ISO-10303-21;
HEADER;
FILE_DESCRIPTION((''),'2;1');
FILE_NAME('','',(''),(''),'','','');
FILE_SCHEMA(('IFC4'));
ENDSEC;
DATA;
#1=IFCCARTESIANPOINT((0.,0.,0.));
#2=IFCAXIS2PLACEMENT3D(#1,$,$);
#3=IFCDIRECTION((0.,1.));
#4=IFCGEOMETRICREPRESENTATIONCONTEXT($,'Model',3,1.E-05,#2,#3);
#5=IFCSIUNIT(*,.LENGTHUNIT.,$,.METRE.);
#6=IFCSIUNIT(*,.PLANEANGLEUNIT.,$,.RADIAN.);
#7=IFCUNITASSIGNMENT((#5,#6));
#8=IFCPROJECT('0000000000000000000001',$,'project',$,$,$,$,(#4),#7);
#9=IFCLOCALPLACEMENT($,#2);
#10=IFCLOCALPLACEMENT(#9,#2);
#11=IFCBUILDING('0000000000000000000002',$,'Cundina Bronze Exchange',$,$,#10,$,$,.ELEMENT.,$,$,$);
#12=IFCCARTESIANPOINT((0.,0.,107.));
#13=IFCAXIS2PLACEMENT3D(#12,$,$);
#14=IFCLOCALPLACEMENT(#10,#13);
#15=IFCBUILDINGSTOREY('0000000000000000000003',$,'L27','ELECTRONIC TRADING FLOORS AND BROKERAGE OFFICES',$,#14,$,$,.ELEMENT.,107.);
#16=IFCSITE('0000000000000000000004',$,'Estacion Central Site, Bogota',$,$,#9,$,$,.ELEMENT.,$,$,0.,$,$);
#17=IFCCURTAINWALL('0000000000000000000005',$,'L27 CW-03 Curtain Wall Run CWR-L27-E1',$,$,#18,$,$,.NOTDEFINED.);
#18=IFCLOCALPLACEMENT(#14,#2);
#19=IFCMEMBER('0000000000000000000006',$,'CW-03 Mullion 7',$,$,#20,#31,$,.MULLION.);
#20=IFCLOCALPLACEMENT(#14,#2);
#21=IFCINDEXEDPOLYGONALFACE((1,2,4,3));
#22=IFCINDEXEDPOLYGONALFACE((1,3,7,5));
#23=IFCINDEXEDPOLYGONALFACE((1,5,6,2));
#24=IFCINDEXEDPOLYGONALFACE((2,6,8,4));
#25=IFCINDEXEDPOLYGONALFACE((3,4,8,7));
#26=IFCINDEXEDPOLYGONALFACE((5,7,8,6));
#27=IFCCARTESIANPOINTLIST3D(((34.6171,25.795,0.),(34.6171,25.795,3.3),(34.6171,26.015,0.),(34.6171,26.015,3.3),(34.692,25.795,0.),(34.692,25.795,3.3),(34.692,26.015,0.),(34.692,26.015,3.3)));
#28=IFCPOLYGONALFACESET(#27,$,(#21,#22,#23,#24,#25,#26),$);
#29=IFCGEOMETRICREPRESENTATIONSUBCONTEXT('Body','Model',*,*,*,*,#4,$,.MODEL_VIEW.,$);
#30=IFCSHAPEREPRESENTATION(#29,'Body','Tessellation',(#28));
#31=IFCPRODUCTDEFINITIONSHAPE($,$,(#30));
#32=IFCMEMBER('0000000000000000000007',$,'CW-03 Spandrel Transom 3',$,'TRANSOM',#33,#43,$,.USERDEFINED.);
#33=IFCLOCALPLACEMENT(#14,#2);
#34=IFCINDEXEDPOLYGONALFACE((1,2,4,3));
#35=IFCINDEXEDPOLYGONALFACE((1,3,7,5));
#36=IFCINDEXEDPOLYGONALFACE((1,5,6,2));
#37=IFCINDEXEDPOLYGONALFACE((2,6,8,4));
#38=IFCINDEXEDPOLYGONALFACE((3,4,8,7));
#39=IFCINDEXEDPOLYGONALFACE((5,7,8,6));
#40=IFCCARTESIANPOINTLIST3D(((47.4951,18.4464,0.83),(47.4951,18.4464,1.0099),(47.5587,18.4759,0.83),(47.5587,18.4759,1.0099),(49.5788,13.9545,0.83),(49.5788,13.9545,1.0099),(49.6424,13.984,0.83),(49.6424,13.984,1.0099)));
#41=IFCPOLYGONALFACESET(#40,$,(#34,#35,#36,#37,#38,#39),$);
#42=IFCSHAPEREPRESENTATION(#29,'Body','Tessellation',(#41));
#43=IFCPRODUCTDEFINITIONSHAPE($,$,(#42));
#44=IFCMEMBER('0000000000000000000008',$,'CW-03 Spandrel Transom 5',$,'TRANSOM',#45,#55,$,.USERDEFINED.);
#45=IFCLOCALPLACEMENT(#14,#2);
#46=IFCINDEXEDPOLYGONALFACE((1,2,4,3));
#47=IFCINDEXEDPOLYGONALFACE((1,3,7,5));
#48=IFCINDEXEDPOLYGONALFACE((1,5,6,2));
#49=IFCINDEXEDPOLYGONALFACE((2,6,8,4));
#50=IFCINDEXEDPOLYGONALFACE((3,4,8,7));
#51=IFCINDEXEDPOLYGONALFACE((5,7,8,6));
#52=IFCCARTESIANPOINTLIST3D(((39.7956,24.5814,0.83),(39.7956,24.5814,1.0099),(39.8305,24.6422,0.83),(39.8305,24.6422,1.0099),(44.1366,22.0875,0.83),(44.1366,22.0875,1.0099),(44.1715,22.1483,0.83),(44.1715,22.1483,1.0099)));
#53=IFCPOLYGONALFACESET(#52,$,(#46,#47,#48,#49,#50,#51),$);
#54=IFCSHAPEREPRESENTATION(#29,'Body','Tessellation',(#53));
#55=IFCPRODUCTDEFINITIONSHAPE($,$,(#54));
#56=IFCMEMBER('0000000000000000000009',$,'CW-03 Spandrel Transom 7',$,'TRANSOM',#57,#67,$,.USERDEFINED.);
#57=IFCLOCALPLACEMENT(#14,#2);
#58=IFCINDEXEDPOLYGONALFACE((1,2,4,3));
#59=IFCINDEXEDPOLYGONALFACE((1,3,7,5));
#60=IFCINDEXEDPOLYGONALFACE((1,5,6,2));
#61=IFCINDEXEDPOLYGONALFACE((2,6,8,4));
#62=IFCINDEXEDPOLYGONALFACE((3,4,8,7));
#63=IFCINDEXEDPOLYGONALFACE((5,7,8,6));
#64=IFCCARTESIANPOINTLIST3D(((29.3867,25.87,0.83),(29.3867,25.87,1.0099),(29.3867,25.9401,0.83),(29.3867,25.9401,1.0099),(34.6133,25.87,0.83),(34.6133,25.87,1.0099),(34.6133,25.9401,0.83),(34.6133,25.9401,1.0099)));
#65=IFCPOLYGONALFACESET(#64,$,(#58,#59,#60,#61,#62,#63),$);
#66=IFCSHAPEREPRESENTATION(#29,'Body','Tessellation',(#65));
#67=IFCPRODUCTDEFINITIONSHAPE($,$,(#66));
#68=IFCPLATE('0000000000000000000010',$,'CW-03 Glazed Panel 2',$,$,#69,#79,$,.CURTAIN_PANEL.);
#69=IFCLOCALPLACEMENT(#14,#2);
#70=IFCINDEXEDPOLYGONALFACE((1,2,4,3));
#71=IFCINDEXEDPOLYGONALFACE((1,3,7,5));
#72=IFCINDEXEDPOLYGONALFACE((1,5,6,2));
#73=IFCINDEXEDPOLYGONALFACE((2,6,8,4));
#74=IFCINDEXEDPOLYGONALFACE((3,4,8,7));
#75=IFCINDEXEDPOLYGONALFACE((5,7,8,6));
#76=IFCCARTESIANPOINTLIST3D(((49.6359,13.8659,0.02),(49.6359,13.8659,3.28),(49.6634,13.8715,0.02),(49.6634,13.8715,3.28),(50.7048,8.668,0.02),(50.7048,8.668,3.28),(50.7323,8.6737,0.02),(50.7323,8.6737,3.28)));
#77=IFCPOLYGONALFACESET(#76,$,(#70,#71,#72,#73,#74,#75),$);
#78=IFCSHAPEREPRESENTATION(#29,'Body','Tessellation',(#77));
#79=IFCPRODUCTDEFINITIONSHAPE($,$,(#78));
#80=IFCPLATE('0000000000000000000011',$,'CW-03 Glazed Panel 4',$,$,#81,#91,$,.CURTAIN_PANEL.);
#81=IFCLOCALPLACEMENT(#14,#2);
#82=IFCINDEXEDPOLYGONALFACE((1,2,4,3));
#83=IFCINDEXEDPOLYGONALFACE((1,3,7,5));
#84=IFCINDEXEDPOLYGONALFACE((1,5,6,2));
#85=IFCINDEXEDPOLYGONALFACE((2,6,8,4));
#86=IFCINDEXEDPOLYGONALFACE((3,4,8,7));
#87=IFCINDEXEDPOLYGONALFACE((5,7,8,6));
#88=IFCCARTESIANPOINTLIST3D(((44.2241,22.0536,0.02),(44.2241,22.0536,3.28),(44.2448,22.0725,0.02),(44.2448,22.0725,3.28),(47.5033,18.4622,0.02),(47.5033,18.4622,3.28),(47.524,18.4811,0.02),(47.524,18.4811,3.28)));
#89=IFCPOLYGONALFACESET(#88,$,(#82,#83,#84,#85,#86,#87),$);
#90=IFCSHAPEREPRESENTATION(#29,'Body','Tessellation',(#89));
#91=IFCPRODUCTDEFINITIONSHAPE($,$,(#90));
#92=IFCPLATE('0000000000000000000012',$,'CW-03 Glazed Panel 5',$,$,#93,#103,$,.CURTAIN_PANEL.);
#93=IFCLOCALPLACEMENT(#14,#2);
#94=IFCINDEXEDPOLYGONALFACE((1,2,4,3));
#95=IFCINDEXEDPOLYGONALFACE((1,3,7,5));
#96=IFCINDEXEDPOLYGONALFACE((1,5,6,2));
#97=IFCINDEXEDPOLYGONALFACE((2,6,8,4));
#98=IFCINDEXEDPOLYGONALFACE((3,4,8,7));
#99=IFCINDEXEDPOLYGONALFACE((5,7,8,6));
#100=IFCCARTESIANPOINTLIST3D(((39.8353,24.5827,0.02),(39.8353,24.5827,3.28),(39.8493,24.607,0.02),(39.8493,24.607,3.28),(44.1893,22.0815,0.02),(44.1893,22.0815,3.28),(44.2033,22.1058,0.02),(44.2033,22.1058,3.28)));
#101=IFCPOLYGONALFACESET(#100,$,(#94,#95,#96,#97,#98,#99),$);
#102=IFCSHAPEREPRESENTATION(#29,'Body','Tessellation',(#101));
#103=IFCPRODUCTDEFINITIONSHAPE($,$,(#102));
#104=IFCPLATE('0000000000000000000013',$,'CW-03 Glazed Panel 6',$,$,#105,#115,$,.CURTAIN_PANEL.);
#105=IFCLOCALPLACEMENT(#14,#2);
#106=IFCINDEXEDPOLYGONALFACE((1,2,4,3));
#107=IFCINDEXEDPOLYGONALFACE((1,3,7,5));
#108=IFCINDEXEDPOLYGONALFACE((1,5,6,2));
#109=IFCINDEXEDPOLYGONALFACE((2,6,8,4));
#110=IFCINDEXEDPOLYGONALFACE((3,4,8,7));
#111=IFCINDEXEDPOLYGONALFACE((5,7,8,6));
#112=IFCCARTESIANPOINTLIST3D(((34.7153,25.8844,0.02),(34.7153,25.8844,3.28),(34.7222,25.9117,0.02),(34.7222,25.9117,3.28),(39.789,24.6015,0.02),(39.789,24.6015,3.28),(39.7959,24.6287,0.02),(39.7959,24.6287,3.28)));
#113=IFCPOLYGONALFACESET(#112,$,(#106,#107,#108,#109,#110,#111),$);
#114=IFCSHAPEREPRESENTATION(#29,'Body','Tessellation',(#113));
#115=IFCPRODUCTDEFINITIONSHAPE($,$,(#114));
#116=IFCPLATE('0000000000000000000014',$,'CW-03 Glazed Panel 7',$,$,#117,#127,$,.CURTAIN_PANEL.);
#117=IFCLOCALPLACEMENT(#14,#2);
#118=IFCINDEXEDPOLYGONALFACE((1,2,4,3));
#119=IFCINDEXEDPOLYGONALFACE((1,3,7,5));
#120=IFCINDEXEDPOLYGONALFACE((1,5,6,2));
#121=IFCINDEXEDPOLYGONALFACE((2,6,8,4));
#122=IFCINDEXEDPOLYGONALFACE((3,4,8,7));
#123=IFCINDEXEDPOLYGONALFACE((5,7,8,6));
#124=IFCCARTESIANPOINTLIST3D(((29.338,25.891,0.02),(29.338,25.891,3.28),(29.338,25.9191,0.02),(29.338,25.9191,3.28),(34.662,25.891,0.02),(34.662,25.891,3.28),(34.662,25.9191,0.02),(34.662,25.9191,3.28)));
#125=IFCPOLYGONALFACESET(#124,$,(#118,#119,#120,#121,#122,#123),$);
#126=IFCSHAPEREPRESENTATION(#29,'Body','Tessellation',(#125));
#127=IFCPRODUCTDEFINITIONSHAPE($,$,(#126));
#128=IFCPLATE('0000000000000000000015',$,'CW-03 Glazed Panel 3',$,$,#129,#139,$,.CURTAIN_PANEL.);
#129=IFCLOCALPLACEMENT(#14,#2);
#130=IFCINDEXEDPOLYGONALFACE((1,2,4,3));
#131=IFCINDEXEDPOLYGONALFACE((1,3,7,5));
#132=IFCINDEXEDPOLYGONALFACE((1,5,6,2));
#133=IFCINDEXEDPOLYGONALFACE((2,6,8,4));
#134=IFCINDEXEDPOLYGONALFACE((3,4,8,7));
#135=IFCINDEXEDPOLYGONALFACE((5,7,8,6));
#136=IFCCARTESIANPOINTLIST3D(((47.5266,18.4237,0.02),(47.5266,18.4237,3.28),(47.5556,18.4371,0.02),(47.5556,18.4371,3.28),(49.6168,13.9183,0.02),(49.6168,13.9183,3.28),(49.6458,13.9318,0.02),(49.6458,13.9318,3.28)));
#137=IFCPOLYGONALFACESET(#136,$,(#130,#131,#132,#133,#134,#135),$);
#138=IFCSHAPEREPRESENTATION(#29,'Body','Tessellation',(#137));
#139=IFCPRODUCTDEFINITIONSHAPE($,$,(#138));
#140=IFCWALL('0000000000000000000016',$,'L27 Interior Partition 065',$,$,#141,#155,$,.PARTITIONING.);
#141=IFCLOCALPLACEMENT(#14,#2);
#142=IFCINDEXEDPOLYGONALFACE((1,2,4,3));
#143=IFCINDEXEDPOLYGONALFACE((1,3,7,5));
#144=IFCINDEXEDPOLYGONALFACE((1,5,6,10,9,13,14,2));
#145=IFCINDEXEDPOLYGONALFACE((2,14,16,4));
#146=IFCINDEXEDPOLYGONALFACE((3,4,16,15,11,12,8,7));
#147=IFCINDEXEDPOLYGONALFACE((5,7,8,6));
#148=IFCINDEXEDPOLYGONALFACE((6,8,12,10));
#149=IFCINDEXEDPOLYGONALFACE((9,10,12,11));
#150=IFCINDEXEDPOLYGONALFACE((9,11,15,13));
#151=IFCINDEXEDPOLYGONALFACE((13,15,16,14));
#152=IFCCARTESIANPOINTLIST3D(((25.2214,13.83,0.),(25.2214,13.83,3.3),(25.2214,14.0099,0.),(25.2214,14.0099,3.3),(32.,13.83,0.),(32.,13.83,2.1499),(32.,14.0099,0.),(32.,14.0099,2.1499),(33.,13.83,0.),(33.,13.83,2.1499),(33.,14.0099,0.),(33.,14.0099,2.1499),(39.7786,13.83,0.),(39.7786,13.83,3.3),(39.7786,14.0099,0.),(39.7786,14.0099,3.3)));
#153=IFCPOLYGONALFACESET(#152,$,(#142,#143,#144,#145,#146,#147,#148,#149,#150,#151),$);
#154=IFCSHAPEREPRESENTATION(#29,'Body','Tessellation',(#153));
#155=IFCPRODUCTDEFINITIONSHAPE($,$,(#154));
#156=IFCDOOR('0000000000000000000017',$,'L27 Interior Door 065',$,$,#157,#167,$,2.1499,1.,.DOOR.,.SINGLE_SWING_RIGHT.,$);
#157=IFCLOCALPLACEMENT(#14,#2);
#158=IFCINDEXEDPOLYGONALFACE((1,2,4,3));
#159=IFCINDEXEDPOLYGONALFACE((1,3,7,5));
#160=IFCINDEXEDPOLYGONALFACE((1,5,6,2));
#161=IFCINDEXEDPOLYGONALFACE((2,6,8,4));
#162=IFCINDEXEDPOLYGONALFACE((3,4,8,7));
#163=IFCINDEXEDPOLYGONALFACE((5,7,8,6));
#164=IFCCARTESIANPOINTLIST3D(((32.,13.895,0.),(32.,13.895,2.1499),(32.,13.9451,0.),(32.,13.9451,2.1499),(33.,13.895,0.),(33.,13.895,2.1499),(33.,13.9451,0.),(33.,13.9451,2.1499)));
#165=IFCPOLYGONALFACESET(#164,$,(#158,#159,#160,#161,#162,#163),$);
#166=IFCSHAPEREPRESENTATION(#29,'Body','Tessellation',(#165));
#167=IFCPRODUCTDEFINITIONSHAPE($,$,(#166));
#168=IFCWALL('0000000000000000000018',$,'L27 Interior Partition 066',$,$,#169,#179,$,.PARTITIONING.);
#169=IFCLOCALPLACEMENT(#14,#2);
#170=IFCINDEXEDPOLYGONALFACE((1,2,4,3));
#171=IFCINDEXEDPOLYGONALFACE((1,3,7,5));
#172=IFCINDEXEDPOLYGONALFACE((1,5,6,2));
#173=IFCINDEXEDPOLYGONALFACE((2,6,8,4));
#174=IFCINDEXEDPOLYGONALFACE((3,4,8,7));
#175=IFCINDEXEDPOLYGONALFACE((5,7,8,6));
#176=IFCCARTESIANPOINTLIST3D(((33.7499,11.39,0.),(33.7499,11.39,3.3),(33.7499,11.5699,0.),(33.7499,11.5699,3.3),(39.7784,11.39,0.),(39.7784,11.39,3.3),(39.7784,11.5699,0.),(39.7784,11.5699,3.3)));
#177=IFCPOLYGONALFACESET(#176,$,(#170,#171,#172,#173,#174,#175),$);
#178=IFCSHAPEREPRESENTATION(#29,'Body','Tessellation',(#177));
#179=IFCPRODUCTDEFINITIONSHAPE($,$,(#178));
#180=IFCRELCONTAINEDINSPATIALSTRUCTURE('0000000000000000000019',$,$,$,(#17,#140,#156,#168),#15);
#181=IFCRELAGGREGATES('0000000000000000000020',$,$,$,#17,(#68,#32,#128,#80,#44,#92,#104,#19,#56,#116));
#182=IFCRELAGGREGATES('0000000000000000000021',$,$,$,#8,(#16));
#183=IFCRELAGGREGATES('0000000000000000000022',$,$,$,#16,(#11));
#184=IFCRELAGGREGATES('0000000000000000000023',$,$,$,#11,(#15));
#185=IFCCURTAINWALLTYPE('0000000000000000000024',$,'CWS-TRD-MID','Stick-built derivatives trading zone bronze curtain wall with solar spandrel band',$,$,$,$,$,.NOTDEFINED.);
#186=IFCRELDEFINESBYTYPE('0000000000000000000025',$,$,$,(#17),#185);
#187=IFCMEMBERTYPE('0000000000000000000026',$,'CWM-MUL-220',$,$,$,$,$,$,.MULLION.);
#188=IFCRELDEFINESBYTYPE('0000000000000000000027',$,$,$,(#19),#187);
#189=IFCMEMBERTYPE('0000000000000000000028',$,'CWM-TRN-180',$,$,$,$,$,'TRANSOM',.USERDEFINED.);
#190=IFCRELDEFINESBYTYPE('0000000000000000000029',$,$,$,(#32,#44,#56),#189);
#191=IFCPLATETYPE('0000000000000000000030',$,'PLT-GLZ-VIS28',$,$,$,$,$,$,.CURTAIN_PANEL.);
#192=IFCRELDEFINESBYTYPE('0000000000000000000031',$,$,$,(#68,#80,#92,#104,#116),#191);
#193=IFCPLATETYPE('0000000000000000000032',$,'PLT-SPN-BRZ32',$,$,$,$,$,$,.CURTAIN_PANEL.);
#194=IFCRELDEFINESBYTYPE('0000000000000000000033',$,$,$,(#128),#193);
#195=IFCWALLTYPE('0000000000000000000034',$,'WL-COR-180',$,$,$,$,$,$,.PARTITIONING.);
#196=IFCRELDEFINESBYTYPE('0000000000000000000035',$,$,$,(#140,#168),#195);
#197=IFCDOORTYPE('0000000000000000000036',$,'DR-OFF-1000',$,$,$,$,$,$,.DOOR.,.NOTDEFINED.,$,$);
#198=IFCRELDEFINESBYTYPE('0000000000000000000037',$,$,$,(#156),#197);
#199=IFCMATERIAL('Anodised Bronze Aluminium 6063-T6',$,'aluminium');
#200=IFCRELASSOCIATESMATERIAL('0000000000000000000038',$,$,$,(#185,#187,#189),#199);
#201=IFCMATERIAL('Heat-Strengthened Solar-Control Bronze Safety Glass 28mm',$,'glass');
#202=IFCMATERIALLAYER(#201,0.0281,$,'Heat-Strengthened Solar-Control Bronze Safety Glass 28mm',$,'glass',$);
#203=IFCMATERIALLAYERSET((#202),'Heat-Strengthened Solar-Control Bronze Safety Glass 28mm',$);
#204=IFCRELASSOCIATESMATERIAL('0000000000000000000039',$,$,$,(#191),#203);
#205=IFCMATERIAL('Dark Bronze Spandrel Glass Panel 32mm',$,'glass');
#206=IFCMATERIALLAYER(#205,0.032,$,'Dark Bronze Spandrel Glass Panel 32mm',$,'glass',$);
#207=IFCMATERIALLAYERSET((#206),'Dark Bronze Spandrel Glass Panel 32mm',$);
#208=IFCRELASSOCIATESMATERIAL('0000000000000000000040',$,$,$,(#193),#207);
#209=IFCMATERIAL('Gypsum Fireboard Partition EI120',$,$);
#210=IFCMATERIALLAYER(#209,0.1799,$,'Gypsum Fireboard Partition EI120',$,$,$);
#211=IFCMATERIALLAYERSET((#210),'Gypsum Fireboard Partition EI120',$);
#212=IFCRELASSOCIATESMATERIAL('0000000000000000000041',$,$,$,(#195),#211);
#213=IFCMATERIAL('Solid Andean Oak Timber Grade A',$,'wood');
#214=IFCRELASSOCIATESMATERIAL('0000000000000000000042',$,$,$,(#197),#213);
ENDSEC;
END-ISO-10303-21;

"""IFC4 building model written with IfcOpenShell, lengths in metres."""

from ifc_helpers import new_model, si_unit, direction, frame, frame_2d, origin, origin_2d, place, context, subcontext, project, spatial, rectangle, extrude, material, layer, layer_set, material_profile, profile_set, type_object, element, fill, aggregate, save


model = new_model("IFC4")

# Units and contexts
model_context = context("Model", 3, precision=1e-05, world=origin(), true_north=direction((0.0, 1.0)))
body_context = subcontext(model_context, "Body", "Model", "MODEL_VIEW")
ifc_project = project(units=[si_unit("LENGTHUNIT", "METRE"), si_unit("PLANEANGLEUNIT", "RADIAN")], contexts=[model_context])

# Site, building, storey
site_placement = place(None, origin())
site = spatial("IfcSite", under=ifc_project, at=site_placement, Name="Estacion Central Site, Bogota", CompositionType="ELEMENT", RefElevation=0.0)
building_placement = place(site_placement, origin())
building = spatial("IfcBuilding", under=site, at=building_placement, Name="Cundina Bronze Exchange", CompositionType="ELEMENT")
storey_placement = place(building_placement, frame((0.0, 0.0, 107.0)))
storey = spatial("IfcBuildingStorey", under=building, at=storey_placement, Name="L27", Description="ELECTRONIC TRADING FLOORS AND BROKERAGE OFFICES", CompositionType="ELEMENT", Elevation=107.0)

# Curtain wall, members, plates
ifc_material_1 = material(Name="Anodised Bronze Aluminium 6063-T6", Category="aluminium")
curtain_wall_type = type_object("IfcCurtainWallType", Name="CWS-TRD-MID", Description="Stick-built derivatives trading zone bronze curtain wall with solar spandrel band", PredefinedType="NOTDEFINED", material=ifc_material_1)
curtain_wall_placement = place(storey_placement, origin())
curtain_wall = element("IfcCurtainWall", 1, at=curtain_wall_placement, inside=storey, type_object=curtain_wall_type, Name="L27 CW-03 Curtain Wall Run CWR-L27-E1", PredefinedType="NOTDEFINED")
ifc_material_profile_1 = material_profile(ifc_material_1, rectangle(XDim=0.075, YDim=0.22, at=origin_2d()), Name="AL75X220", Category="aluminium")
ifc_profile_set_1 = profile_set([ifc_material_profile_1], Name="Anodised Bronze Aluminium 6063-T6")
member_type_1 = type_object("IfcMemberType", Name="CWM-MUL-220", PredefinedType="MULLION", material=ifc_profile_set_1)
member_1_placement = place(storey_placement, frame((34.6545, 25.905, 0.0), z_axis=(0.0, 0.0, 1.0), x_axis=(-1.0, 0.0, 0.0)))
member_1 = element("IfcMember", 2, at=member_1_placement, type_object=member_type_1, Name="CW-03 Mullion 7", PredefinedType="MULLION", context=body_context, shape_type="SweptSolid", body=[
    extrude(rectangle(XDim=0.075, YDim=0.22, at=origin_2d()), origin(), (0.0, 0.0, 1.0), 3.3),
])
ifc_material_profile_2 = material_profile(ifc_material_1, rectangle(XDim=0.0701, YDim=0.1799, at=origin_2d()), Name="AL70X180", Category="aluminium")
ifc_profile_set_2 = profile_set([ifc_material_profile_2], Name="Anodised Bronze Aluminium 6063-T6")
member_type_2 = type_object("IfcMemberType", Name="CWM-TRN-180", ElementType="TRANSOM", PredefinedType="USERDEFINED", material=ifc_profile_set_2)
member_2_placement = place(storey_placement, frame((49.6106, 13.9692, 0.9199), z_axis=(-0.420811, 0.907148, 0.0), x_axis=(-0.907148, -0.420811, 0.0)))
member_2 = element("IfcMember", 3, at=member_2_placement, type_object=member_type_2, Name="CW-03 Spandrel Transom 3", ObjectType="TRANSOM", PredefinedType="USERDEFINED", context=body_context, shape_type="SweptSolid", body=[
    extrude(rectangle(XDim=0.0701, YDim=0.1799, at=origin_2d()), origin(), (0.0, 0.0, 1.0), 4.9517),
])
member_3_placement = place(storey_placement, frame((44.1541, 22.1179, 0.9199), z_axis=(-0.867097, 0.498139, 0.0), x_axis=(-0.498139, -0.867097, 0.0)))
member_3 = element("IfcMember", 4, at=member_3_placement, type_object=member_type_2, Name="CW-03 Spandrel Transom 5", ObjectType="TRANSOM", PredefinedType="USERDEFINED", context=body_context, shape_type="SweptSolid", body=[
    extrude(rectangle(XDim=0.0701, YDim=0.1799, at=origin_2d()), origin(), (0.0, 0.0, 1.0), 5.0063),
])
member_4_placement = place(storey_placement, frame((34.6133, 25.905, 0.9199), z_axis=(-1.0, 0.0, 0.0), x_axis=(0.0, -1.0, 0.0)))
member_4 = element("IfcMember", 5, at=member_4_placement, type_object=member_type_2, Name="CW-03 Spandrel Transom 7", ObjectType="TRANSOM", PredefinedType="USERDEFINED", context=body_context, shape_type="SweptSolid", body=[
    extrude(rectangle(XDim=0.0701, YDim=0.1799, at=origin_2d()), origin(), (0.0, 0.0, 1.0), 5.2266),
])
ifc_material_2 = material(Name="Heat-Strengthened Solar-Control Bronze Safety Glass 28mm", Category="glass")
ifc_layer_1 = layer(ifc_material_2, 0.0281, Name="Heat-Strengthened Solar-Control Bronze Safety Glass 28mm", Category="glass")
ifc_layer_set_1 = layer_set([ifc_layer_1], Name="Heat-Strengthened Solar-Control Bronze Safety Glass 28mm")
plate_type_1 = type_object("IfcPlateType", Name="PLT-GLZ-VIS28", PredefinedType="CURTAIN_PANEL", material=ifc_layer_set_1)
plate_1_placement = place(storey_placement, frame((50.1841, 11.2698, 0.02), z_axis=(0.0, 0.0, 1.0), x_axis=(-0.20142, 0.979505, 0.0)))
plate_1 = element("IfcPlate", 6, at=plate_1_placement, type_object=plate_type_1, Name="CW-03 Glazed Panel 2", PredefinedType="CURTAIN_PANEL", context=body_context, shape_type="SweptSolid", body=[
    extrude(rectangle(XDim=5.3066, YDim=0.0281, at=origin_2d()), origin(), (0.0, 0.0, 1.0), 3.26),
])
plate_2_placement = place(storey_placement, frame((45.874, 20.2673, 0.02), z_axis=(0.0, 0.0, 1.0), x_axis=(-0.674277, 0.738479, 0.0)))
plate_2 = element("IfcPlate", 7, at=plate_2_placement, type_object=plate_type_1, Name="CW-03 Glazed Panel 4", PredefinedType="CURTAIN_PANEL", context=body_context, shape_type="SweptSolid", body=[
    extrude(rectangle(XDim=4.8633, YDim=0.0281, at=origin_2d()), origin(), (0.0, 0.0, 1.0), 3.26),
])
plate_3_placement = place(storey_placement, frame((42.0193, 23.3442, 0.02), z_axis=(0.0, 0.0, 1.0), x_axis=(-0.867105, 0.498125, 0.0)))
plate_3 = element("IfcPlate", 8, at=plate_3_placement, type_object=plate_type_1, Name="CW-03 Glazed Panel 5", PredefinedType="CURTAIN_PANEL", context=body_context, shape_type="SweptSolid", body=[
    extrude(rectangle(XDim=5.0212, YDim=0.0281, at=origin_2d()), origin(), (0.0, 0.0, 1.0), 3.26),
])
plate_4_placement = place(storey_placement, frame((37.2556, 25.2566, 0.02), z_axis=(0.0, 0.0, 1.0), x_axis=(-0.969488, 0.245138, 0.0)))
plate_4 = element("IfcPlate", 9, at=plate_4_placement, type_object=plate_type_1, Name="CW-03 Glazed Panel 6", PredefinedType="CURTAIN_PANEL", context=body_context, shape_type="SweptSolid", body=[
    extrude(rectangle(XDim=5.2334, YDim=0.0281, at=origin_2d()), origin(), (0.0, 0.0, 1.0), 3.26),
])
plate_5_placement = place(storey_placement, frame((32.0, 25.905, 0.02), z_axis=(0.0, 0.0, 1.0), x_axis=(-1.0, 0.0, 0.0)))
plate_5 = element("IfcPlate", 10, at=plate_5_placement, type_object=plate_type_1, Name="CW-03 Glazed Panel 7", PredefinedType="CURTAIN_PANEL", context=body_context, shape_type="SweptSolid", body=[
    extrude(rectangle(XDim=5.324, YDim=0.0281, at=origin_2d()), origin(), (0.0, 0.0, 1.0), 3.26),
])
ifc_material_3 = material(Name="Dark Bronze Spandrel Glass Panel 32mm", Category="glass")
ifc_layer_2 = layer(ifc_material_3, 0.032, Name="Dark Bronze Spandrel Glass Panel 32mm", Category="glass")
ifc_layer_set_2 = layer_set([ifc_layer_2], Name="Dark Bronze Spandrel Glass Panel 32mm")
plate_type_2 = type_object("IfcPlateType", Name="PLT-SPN-BRZ32", PredefinedType="CURTAIN_PANEL", material=ifc_layer_set_2)
plate_6_placement = place(storey_placement, frame((48.5862, 16.1777, 0.02), z_axis=(0.0, 0.0, 1.0), x_axis=(-0.420846, 0.907132, 0.0)))
plate_6 = element("IfcPlate", 11, at=plate_6_placement, type_object=plate_type_2, Name="CW-03 Glazed Panel 3", PredefinedType="CURTAIN_PANEL", context=body_context, shape_type="SweptSolid", body=[
    extrude(rectangle(XDim=4.9666, YDim=0.032, at=origin_2d()), origin(), (0.0, 0.0, 1.0), 3.26),
])
aggregate(curtain_wall, [plate_1, member_2, plate_6, plate_2, member_3, plate_3, plate_4, member_1, member_4, plate_5])

# Wall, opening, door
ifc_material_4 = material(Name="Gypsum Fireboard Partition EI120")
ifc_layer_3 = layer(ifc_material_4, 0.1799, Name="Gypsum Fireboard Partition EI120")
ifc_layer_set_3 = layer_set([ifc_layer_3], Name="Gypsum Fireboard Partition EI120")
wall_type_1 = type_object("IfcWallType", Name="WL-COR-180", PredefinedType="PARTITIONING", material=ifc_layer_set_3)
wall_1_placement = place(storey_placement, frame((39.7786, 13.9199, 0.0), z_axis=(0.0, 0.0, 1.0), x_axis=(-1.0, 0.0, 0.0)))
wall_1 = element("IfcWall", 12, at=wall_1_placement, inside=storey, type_object=wall_type_1, Name="L27 Interior Partition 065", PredefinedType="PARTITIONING", context=body_context, shape_type="SweptSolid", body=[
    extrude(rectangle(XDim=14.5571, YDim=0.1799, at=frame_2d((7.2786, 0.0))), origin(), (0.0, 0.0, 1.0), 3.3),
])
opening_placement = place(wall_1_placement, frame((6.7786, 0.0, 0.0)))
opening = element("IfcOpeningElement", 13, at=opening_placement, cuts=wall_1, PredefinedType="OPENING", context=body_context, shape_type="SweptSolid", body=[
    extrude(rectangle(XDim=1.0, YDim=2.1499, at=frame_2d((0.5, 1.075))), frame((0.0, 0.0999, 0.0), z_axis=(0.0, -1.0, 0.0), x_axis=(1.0, 0.0, 0.0)), (0.0, 0.0, 1.0), 0.2),
])
ifc_material_5 = material(Name="Solid Andean Oak Timber Grade A", Category="wood")
door_type = type_object("IfcDoorType", Name="DR-OFF-1000", OperationType="NOTDEFINED", PredefinedType="DOOR", material=ifc_material_5)
door_placement = place(opening_placement, origin())
door = element("IfcDoor", 14, at=door_placement, inside=storey, type_object=door_type, Name="L27 Interior Door 065", OperationType="SINGLE_SWING_RIGHT", OverallHeight=2.1499, OverallWidth=1.0, PredefinedType="DOOR", context=body_context, shape_type="SweptSolid", body=[
    extrude(rectangle(XDim=1.0, YDim=2.1499, at=frame_2d((0.5, 1.075))), frame((0.0, 0.0249, 0.0), z_axis=(0.0, -1.0, 0.0), x_axis=(1.0, 0.0, 0.0)), (0.0, 0.0, 1.0), 0.05),
])
fill(opening, door)

# Wall
wall_2_placement = place(storey_placement, frame((33.75, 11.48, 0.0), z_axis=(0.0, 0.0, 1.0), x_axis=(1.0, 0.0, 0.0)))
element("IfcWall", 15, at=wall_2_placement, inside=storey, type_object=wall_type_1, Name="L27 Interior Partition 066", PredefinedType="PARTITIONING", context=body_context, shape_type="SweptSolid", body=[
    extrude(rectangle(XDim=6.0286, YDim=0.1799, at=frame_2d((3.0142, 0.0))), origin(), (0.0, 0.0, 1.0), 3.3),
])

save(model, "model.ifc")
